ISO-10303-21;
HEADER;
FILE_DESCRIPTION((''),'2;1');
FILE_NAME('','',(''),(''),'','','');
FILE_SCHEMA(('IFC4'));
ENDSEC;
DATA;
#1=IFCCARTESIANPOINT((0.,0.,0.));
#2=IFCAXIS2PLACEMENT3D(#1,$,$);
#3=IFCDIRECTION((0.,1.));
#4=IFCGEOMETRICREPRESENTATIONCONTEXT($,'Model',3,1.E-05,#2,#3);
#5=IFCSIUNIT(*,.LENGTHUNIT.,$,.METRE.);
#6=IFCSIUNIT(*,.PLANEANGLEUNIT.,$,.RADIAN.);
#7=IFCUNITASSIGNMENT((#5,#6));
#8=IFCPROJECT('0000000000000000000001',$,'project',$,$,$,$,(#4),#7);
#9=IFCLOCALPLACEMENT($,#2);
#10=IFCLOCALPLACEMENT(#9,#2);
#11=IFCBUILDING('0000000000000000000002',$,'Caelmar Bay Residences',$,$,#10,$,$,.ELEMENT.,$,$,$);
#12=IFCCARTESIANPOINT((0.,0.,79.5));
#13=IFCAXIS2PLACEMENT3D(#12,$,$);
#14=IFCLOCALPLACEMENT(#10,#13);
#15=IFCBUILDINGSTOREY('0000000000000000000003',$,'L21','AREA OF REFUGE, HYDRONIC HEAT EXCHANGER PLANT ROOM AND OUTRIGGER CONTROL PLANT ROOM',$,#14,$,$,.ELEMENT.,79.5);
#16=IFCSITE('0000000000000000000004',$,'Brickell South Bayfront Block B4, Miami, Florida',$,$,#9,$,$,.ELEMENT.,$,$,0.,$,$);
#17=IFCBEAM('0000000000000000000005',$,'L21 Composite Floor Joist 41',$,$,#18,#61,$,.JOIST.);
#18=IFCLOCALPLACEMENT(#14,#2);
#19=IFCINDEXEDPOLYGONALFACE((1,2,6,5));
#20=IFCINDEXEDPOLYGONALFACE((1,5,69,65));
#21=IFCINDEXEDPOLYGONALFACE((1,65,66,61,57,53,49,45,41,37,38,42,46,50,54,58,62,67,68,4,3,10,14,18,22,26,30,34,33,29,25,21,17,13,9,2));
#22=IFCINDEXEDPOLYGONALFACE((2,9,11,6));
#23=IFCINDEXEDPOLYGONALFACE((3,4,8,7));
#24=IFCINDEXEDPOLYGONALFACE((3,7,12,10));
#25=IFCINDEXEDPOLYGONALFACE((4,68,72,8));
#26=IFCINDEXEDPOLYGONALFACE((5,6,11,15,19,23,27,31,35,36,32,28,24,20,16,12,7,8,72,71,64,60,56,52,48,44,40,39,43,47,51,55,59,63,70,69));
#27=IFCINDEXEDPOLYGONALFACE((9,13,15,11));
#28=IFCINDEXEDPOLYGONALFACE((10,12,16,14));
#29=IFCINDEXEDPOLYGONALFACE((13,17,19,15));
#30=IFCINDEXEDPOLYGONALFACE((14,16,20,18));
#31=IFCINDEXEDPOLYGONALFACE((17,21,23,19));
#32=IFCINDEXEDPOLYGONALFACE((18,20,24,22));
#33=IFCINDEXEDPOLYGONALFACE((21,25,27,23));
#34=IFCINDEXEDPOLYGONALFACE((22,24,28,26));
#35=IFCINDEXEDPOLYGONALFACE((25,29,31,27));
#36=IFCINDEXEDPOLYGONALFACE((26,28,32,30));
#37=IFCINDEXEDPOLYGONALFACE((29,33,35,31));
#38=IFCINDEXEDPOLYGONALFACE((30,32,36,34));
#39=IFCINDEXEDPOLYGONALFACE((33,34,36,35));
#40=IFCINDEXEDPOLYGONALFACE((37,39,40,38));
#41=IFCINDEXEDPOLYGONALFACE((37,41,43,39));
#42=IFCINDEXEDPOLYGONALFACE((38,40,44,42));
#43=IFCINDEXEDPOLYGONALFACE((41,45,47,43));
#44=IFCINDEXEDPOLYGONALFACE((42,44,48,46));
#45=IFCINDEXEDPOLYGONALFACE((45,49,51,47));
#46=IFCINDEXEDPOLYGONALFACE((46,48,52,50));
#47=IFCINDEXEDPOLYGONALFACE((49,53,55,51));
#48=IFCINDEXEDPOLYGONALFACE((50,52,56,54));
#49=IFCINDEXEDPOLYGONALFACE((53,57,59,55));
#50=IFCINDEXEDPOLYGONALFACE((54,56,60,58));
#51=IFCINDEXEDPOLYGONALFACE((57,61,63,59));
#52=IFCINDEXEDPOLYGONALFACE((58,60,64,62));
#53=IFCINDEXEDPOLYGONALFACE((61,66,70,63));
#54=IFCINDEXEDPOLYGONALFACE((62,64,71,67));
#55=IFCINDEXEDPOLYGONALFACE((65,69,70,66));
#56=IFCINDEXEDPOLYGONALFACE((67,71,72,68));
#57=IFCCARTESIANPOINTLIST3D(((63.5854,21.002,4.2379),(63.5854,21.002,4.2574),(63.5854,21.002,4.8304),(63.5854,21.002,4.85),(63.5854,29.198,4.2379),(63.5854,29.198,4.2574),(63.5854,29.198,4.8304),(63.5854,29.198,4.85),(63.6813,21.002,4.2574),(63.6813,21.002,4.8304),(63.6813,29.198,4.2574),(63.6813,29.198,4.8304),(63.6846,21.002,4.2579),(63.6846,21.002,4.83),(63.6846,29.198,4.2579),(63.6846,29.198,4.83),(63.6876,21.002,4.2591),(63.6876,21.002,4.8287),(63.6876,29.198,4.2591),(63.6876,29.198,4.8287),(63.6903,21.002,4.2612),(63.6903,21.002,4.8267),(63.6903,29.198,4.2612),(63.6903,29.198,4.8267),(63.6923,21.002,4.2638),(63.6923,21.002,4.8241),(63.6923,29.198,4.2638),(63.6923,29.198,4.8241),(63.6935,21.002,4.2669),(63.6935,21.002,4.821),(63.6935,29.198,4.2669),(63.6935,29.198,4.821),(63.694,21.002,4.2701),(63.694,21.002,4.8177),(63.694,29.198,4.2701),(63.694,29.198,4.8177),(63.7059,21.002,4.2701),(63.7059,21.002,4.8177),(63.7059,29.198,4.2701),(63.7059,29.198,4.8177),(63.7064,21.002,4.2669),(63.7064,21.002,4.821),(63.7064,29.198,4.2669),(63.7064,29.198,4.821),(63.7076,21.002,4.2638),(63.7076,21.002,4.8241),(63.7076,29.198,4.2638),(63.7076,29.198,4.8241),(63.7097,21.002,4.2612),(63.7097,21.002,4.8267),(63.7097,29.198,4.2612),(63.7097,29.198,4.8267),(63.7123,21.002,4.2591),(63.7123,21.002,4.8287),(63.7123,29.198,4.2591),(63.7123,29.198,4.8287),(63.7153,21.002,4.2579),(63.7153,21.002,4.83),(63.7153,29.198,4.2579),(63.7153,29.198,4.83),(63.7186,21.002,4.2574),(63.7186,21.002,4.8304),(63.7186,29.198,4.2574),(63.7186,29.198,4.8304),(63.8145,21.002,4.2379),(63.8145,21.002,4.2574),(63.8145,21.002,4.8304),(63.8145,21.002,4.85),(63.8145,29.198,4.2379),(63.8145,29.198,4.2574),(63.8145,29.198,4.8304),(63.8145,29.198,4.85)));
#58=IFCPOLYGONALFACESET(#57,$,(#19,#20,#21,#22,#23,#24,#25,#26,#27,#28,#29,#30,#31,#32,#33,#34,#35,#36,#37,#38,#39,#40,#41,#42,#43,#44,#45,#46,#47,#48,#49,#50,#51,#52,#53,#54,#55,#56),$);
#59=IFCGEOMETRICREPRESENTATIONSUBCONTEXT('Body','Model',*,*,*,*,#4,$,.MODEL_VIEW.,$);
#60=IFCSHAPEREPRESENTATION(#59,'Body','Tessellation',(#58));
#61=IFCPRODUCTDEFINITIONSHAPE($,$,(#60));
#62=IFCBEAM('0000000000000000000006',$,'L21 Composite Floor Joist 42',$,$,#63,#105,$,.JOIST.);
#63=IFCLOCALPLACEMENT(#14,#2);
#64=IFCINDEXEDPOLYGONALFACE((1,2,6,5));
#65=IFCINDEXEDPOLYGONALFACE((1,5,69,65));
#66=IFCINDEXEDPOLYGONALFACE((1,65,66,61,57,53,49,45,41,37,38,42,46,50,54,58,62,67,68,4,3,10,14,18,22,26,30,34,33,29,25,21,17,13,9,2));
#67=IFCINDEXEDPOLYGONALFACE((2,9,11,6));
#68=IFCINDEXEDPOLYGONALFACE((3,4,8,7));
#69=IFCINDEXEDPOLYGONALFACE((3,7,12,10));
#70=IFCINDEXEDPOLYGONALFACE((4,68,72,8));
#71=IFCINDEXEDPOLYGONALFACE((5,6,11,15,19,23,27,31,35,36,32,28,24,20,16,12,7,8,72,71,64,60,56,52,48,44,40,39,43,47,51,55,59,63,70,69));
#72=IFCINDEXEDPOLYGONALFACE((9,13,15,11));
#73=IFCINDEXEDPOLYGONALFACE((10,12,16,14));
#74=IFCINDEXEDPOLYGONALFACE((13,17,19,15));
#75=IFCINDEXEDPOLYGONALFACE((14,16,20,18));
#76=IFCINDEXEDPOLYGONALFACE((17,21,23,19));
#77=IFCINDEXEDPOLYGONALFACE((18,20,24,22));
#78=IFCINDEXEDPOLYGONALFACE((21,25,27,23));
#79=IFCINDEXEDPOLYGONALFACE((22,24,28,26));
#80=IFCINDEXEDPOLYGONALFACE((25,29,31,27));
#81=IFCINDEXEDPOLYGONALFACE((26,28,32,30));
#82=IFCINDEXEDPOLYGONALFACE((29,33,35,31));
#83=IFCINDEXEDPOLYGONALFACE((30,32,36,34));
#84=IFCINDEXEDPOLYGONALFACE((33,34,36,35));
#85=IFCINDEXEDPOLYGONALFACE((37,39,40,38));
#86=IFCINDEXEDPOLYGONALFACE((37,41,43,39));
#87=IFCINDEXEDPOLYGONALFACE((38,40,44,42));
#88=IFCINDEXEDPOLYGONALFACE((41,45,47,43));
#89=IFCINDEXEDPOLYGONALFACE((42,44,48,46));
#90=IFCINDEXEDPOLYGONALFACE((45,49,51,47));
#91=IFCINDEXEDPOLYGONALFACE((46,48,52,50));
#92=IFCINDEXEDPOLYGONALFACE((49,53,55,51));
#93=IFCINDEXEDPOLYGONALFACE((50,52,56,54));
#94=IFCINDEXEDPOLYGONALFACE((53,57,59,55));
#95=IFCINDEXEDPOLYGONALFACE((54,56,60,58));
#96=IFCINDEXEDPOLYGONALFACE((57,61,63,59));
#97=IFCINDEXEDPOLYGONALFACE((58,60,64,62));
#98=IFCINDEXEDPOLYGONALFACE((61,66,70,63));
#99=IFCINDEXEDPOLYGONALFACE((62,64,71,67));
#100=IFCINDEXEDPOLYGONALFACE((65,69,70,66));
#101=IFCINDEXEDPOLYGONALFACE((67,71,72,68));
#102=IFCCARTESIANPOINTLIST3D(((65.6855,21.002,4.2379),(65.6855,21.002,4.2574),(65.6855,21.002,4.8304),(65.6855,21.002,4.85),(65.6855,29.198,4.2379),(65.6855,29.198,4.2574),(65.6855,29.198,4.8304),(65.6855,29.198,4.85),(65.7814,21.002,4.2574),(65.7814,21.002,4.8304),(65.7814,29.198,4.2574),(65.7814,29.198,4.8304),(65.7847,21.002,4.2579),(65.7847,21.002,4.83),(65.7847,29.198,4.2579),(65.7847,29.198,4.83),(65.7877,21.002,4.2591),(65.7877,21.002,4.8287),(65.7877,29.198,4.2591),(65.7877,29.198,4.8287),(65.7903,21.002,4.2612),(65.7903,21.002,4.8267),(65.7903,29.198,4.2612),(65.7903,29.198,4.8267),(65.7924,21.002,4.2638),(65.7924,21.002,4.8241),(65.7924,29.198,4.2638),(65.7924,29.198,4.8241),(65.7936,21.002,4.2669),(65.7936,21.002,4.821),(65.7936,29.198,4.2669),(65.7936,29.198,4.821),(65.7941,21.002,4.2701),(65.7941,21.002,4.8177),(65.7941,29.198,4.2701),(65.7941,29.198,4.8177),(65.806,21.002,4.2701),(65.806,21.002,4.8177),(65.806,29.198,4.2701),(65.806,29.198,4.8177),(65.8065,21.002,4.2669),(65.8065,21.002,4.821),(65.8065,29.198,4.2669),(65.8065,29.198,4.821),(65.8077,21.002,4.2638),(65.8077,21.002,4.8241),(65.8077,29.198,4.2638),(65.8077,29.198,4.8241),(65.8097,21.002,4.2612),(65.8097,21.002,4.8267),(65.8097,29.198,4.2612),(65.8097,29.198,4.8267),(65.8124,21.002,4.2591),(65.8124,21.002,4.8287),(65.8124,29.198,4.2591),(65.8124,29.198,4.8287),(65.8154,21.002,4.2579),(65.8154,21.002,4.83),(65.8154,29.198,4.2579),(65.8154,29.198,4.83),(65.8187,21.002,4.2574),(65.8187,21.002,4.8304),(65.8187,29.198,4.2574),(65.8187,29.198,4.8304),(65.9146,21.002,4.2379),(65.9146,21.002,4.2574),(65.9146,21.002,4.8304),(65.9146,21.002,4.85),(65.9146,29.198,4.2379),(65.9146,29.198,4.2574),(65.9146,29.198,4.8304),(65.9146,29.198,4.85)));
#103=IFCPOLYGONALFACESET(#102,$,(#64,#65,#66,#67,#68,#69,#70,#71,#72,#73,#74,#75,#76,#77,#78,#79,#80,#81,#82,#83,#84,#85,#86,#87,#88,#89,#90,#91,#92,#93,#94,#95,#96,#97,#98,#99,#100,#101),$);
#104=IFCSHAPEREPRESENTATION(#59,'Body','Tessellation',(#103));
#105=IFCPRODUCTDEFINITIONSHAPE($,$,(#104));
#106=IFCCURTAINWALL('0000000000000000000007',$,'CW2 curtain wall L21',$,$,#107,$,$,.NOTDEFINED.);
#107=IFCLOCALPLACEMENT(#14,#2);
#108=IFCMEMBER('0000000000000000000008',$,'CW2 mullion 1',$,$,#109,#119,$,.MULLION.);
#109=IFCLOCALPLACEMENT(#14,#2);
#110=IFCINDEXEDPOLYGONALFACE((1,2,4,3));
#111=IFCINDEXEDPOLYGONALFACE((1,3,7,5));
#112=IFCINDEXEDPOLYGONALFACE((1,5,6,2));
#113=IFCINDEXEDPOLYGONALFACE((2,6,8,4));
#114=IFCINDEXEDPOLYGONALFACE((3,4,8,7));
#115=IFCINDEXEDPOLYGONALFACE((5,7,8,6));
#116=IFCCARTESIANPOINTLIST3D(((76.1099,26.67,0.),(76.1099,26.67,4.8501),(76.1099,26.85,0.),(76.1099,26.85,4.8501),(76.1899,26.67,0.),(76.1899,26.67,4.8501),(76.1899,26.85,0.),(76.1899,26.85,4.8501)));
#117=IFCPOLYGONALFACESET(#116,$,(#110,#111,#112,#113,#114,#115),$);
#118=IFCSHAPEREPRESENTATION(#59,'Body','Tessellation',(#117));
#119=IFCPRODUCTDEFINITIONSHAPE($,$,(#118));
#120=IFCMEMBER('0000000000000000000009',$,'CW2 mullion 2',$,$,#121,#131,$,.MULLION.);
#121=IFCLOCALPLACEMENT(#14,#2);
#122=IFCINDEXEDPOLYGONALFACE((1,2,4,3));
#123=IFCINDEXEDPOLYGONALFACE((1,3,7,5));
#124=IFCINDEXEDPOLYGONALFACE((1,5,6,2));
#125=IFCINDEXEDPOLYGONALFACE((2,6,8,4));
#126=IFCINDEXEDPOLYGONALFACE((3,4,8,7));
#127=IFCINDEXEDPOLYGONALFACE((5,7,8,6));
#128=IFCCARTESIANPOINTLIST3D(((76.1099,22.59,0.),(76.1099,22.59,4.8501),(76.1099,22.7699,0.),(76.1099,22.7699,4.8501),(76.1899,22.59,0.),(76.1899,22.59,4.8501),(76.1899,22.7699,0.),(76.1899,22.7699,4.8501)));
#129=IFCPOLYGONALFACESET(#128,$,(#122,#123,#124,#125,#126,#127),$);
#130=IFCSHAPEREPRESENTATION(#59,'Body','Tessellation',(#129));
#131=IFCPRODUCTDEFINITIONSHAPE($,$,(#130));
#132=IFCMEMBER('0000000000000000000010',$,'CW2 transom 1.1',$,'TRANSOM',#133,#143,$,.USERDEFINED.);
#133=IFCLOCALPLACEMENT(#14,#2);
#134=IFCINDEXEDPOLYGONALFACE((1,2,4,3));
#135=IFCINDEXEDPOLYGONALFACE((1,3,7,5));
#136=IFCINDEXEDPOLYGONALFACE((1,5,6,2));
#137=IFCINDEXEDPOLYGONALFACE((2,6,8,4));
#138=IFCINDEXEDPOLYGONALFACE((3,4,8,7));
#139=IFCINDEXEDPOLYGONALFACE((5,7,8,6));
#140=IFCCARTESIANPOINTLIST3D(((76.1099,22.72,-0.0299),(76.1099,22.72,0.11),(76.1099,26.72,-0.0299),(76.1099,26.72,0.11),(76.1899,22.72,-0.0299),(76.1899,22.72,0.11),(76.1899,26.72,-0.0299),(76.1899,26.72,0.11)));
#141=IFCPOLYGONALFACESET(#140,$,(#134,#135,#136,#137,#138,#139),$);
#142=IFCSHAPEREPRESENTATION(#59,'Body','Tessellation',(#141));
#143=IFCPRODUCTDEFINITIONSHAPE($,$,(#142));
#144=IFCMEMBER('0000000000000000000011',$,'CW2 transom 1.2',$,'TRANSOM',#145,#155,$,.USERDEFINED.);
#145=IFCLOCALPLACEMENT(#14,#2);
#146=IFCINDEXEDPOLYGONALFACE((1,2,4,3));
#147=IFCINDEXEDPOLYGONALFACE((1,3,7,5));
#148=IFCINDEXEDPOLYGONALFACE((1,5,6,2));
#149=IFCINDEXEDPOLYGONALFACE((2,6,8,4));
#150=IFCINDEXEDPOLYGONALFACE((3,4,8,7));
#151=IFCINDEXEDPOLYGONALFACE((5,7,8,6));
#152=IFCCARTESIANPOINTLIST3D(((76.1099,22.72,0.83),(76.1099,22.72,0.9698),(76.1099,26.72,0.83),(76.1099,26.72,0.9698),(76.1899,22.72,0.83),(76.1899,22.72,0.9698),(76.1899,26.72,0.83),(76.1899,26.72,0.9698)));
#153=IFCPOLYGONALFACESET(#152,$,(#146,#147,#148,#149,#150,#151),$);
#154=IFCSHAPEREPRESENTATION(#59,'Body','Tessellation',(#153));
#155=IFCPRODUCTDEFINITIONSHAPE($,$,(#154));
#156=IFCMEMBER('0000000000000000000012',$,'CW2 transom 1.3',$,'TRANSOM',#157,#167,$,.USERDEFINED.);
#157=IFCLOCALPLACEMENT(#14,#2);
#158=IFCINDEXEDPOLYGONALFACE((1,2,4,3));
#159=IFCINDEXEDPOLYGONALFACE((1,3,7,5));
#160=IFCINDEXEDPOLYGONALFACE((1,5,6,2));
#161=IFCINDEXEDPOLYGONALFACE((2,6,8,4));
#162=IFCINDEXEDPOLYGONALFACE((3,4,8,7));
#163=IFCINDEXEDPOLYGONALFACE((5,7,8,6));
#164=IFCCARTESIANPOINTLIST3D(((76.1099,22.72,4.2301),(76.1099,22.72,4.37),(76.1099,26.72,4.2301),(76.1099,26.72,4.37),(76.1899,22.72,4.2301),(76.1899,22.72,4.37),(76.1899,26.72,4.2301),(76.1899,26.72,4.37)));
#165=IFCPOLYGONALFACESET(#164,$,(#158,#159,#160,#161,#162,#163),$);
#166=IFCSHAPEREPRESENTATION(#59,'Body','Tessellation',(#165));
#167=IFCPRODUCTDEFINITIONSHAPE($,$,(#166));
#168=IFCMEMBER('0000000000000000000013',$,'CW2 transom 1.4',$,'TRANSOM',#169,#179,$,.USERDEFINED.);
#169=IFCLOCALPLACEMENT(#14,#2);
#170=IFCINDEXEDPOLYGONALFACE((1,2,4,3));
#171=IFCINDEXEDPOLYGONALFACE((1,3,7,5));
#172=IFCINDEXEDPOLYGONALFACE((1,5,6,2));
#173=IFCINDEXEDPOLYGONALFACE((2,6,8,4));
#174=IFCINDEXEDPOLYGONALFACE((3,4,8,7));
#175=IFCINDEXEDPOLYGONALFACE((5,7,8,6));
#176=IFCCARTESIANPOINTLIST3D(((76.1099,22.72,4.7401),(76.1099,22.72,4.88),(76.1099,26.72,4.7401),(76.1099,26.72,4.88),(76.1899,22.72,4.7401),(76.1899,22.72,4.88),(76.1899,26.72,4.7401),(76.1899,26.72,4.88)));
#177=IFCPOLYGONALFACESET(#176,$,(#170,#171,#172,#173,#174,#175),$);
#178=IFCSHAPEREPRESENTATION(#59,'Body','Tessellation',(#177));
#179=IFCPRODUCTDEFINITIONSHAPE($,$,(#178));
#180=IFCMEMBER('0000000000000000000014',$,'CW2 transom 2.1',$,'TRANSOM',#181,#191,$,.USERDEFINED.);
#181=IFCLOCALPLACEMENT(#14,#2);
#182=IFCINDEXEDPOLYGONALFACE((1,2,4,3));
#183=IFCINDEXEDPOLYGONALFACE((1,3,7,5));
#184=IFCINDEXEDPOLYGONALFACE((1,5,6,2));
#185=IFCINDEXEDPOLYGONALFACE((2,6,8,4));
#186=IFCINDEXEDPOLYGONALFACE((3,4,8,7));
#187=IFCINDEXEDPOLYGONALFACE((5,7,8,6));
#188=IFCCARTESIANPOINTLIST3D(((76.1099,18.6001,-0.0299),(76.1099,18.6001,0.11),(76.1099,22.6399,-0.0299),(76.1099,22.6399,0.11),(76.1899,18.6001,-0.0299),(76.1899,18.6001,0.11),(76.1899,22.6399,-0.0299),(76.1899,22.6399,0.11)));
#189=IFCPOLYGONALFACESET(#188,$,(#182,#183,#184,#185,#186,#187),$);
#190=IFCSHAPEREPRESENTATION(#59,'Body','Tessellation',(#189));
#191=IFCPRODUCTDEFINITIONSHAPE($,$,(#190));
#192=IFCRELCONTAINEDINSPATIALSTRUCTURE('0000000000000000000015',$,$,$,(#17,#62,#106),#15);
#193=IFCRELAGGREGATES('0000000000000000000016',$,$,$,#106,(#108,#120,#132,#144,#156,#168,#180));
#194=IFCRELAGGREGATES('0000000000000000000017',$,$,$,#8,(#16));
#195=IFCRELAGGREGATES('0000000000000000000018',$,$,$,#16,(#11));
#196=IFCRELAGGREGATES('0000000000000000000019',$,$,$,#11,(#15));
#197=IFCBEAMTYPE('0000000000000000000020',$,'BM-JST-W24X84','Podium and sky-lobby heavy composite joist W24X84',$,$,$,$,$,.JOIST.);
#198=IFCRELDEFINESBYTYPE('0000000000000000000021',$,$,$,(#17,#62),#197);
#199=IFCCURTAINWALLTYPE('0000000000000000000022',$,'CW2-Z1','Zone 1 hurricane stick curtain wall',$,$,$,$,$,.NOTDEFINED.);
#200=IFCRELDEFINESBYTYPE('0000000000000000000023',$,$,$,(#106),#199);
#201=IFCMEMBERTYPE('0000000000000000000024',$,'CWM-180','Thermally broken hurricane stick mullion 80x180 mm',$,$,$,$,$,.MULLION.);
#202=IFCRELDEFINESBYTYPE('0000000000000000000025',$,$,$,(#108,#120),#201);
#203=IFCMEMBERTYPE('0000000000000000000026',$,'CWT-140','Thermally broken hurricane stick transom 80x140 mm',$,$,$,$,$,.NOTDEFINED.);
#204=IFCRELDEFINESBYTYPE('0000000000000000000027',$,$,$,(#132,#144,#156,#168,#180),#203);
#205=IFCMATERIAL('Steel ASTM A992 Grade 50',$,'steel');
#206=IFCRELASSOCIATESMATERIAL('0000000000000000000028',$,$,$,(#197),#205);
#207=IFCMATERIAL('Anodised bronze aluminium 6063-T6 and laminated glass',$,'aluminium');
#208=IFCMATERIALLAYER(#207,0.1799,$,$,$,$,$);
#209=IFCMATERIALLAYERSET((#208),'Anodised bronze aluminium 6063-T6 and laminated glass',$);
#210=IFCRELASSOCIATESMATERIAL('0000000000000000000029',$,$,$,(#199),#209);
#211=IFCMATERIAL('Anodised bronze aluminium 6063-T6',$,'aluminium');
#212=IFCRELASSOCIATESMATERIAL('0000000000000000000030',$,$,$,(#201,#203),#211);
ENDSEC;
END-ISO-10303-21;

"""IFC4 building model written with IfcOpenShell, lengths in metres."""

from ifc_helpers import new_model, si_unit, direction, frame, origin, origin_2d, place, context, subcontext, project, spatial, rectangle, i_section, extrude, material, layer, layer_set, material_profile, profile_set, type_object, element, aggregate, save


model = new_model("IFC4")

# Units and contexts
model_context = context("Model", 3, precision=1e-05, world=origin(), true_north=direction((0.0, 1.0)))
body_context = subcontext(model_context, "Body", "Model", "MODEL_VIEW")
ifc_project = project(units=[si_unit("LENGTHUNIT", "METRE"), si_unit("PLANEANGLEUNIT", "RADIAN")], contexts=[model_context])

# Site, building, storey
site_placement = place(None, origin())
site = spatial("IfcSite", under=ifc_project, at=site_placement, Name="Brickell South Bayfront Block B4, Miami, Florida", CompositionType="ELEMENT", RefElevation=0.0)
building_placement = place(site_placement, origin())
building = spatial("IfcBuilding", under=site, at=building_placement, Name="Caelmar Bay Residences", CompositionType="ELEMENT")
storey_placement = place(building_placement, frame((0.0, 0.0, 79.5)))
storey = spatial("IfcBuildingStorey", under=building, at=storey_placement, Name="L21", Description="AREA OF REFUGE, HYDRONIC HEAT EXCHANGER PLANT ROOM AND OUTRIGGER CONTROL PLANT ROOM", CompositionType="ELEMENT", Elevation=79.5)

# Beams
ifc_material_1 = material(Name="Steel ASTM A992 Grade 50", Category="steel")
ifc_material_profile_1 = material_profile(ifc_material_1, i_section(OverallWidth=0.229, OverallDepth=0.6121, WebThickness=0.012, FlangeThickness=0.0195, FilletRadius=0.0127, at=origin_2d()), Name="W24X84")
ifc_profile_set_1 = profile_set([ifc_material_profile_1], Name="Steel ASTM A992 Grade 50")
beam_type_1 = type_object("IfcBeamType", Name="BM-JST-W24X84", Description="Podium and sky-lobby heavy composite joist W24X84", PredefinedType="JOIST", material=ifc_profile_set_1)
for number, where, z_axis, x_axis, name in (
    (1, (63.7, 21.002, 4.5439), (0.0, 1.0, 0.0), (-1.0, 0.0, 0.0), "L21 Composite Floor Joist 41"),
    (2, (65.8, 21.002, 4.5439), (0.0, 1.0, 0.0), (-1.0, 0.0, 0.0), "L21 Composite Floor Joist 42"),
):
    element("IfcBeam", number, at=place(storey_placement, frame(where, z_axis=z_axis, x_axis=x_axis)), inside=storey, type_object=beam_type_1, Name=name, PredefinedType="JOIST", context=body_context, shape_type="SweptSolid", body=[
        extrude(i_section(OverallWidth=0.229, OverallDepth=0.6121, WebThickness=0.012, FlangeThickness=0.0195, FilletRadius=0.0127, at=origin_2d()), origin(), (0.0, 0.0, 1.0), 8.196),
    ])

# Curtain wall, members
ifc_material_2 = material(Name="Anodised bronze aluminium 6063-T6 and laminated glass", Category="aluminium")
ifc_layer_1 = layer(ifc_material_2, 0.1799)
ifc_layer_set_1 = layer_set([ifc_layer_1], Name="Anodised bronze aluminium 6063-T6 and laminated glass")
curtain_wall_type = type_object("IfcCurtainWallType", Name="CW2-Z1", Description="Zone 1 hurricane stick curtain wall", PredefinedType="NOTDEFINED", material=ifc_layer_set_1)
curtain_wall_placement = place(storey_placement, origin())
curtain_wall = element("IfcCurtainWall", 3, at=curtain_wall_placement, inside=storey, type_object=curtain_wall_type, Name="CW2 curtain wall L21", PredefinedType="NOTDEFINED")
ifc_material_3 = material(Name="Anodised bronze aluminium 6063-T6", Category="aluminium")
ifc_material_profile_2 = material_profile(ifc_material_3, rectangle(XDim=0.0801, YDim=0.1799, at=origin_2d()), Name="CWM-80X180")
ifc_profile_set_2 = profile_set([ifc_material_profile_2], Name="Anodised bronze aluminium 6063-T6")
member_type_1 = type_object("IfcMemberType", Name="CWM-180", Description="Thermally broken hurricane stick mullion 80x180 mm", PredefinedType="MULLION", material=ifc_profile_set_2)
member_1_placement = place(storey_placement, frame((76.1499, 26.76, 0.0), z_axis=(0.0, 0.0, 1.0), x_axis=(1.0, 0.0, 0.0)))
member_1 = element("IfcMember", 4, at=member_1_placement, type_object=member_type_1, Name="CW2 mullion 1", PredefinedType="MULLION", context=body_context, shape_type="SweptSolid", body=[
    extrude(rectangle(XDim=0.0801, YDim=0.1799, at=origin_2d()), origin(), (0.0, 0.0, 1.0), 4.8501),
])
member_2_placement = place(storey_placement, frame((76.1499, 22.6799, 0.0), z_axis=(0.0, 0.0, 1.0), x_axis=(1.0, 0.0, 0.0)))
member_2 = element("IfcMember", 5, at=member_2_placement, type_object=member_type_1, Name="CW2 mullion 2", PredefinedType="MULLION", context=body_context, shape_type="SweptSolid", body=[
    extrude(rectangle(XDim=0.0801, YDim=0.1799, at=origin_2d()), origin(), (0.0, 0.0, 1.0), 4.8501),
])
ifc_material_profile_3 = material_profile(ifc_material_3, rectangle(XDim=0.0801, YDim=0.1399, at=origin_2d()), Name="CWT-80X140")
ifc_profile_set_3 = profile_set([ifc_material_profile_3], Name="Anodised bronze aluminium 6063-T6")
member_type_2 = type_object("IfcMemberType", Name="CWT-140", Description="Thermally broken hurricane stick transom 80x140 mm", PredefinedType="NOTDEFINED", material=ifc_profile_set_3)
member_3_placement = place(storey_placement, frame((76.1499, 26.72, 0.04), z_axis=(0.0, -1.0, 0.0), x_axis=(1.0, 0.0, 0.0)))
member_3 = element("IfcMember", 6, at=member_3_placement, type_object=member_type_2, Name="CW2 transom 1.1", ObjectType="TRANSOM", PredefinedType="USERDEFINED", context=body_context, shape_type="SweptSolid", body=[
    extrude(rectangle(XDim=0.0801, YDim=0.1399, at=origin_2d()), origin(), (0.0, 0.0, 1.0), 4.0),
])
member_4_placement = place(storey_placement, frame((76.1499, 26.72, 0.8999), z_axis=(0.0, -1.0, 0.0), x_axis=(1.0, 0.0, 0.0)))
member_4 = element("IfcMember", 7, at=member_4_placement, type_object=member_type_2, Name="CW2 transom 1.2", ObjectType="TRANSOM", PredefinedType="USERDEFINED", context=body_context, shape_type="SweptSolid", body=[
    extrude(rectangle(XDim=0.0801, YDim=0.1399, at=origin_2d()), origin(), (0.0, 0.0, 1.0), 4.0),
])
member_5_placement = place(storey_placement, frame((76.1499, 26.72, 4.3), z_axis=(0.0, -1.0, 0.0), x_axis=(1.0, 0.0, 0.0)))
member_5 = element("IfcMember", 8, at=member_5_placement, type_object=member_type_2, Name="CW2 transom 1.3", ObjectType="TRANSOM", PredefinedType="USERDEFINED", context=body_context, shape_type="SweptSolid", body=[
    extrude(rectangle(XDim=0.0801, YDim=0.1399, at=origin_2d()), origin(), (0.0, 0.0, 1.0), 4.0),
])
member_6_placement = place(storey_placement, frame((76.1499, 26.72, 4.8101), z_axis=(0.0, -1.0, 0.0), x_axis=(1.0, 0.0, 0.0)))
member_6 = element("IfcMember", 9, at=member_6_placement, type_object=member_type_2, Name="CW2 transom 1.4", ObjectType="TRANSOM", PredefinedType="USERDEFINED", context=body_context, shape_type="SweptSolid", body=[
    extrude(rectangle(XDim=0.0801, YDim=0.1399, at=origin_2d()), origin(), (0.0, 0.0, 1.0), 4.0),
])
member_7_placement = place(storey_placement, frame((76.1499, 22.6399, 0.04), z_axis=(0.0, -1.0, 0.0), x_axis=(1.0, 0.0, 0.0)))
member_7 = element("IfcMember", 10, at=member_7_placement, type_object=member_type_2, Name="CW2 transom 2.1", ObjectType="TRANSOM", PredefinedType="USERDEFINED", context=body_context, shape_type="SweptSolid", body=[
    extrude(rectangle(XDim=0.0801, YDim=0.1399, at=origin_2d()), origin(), (0.0, 0.0, 1.0), 4.0398),
])
aggregate(curtain_wall, [member_1, member_2, member_3, member_4, member_5, member_6, member_7])

save(model, "model.ifc")
